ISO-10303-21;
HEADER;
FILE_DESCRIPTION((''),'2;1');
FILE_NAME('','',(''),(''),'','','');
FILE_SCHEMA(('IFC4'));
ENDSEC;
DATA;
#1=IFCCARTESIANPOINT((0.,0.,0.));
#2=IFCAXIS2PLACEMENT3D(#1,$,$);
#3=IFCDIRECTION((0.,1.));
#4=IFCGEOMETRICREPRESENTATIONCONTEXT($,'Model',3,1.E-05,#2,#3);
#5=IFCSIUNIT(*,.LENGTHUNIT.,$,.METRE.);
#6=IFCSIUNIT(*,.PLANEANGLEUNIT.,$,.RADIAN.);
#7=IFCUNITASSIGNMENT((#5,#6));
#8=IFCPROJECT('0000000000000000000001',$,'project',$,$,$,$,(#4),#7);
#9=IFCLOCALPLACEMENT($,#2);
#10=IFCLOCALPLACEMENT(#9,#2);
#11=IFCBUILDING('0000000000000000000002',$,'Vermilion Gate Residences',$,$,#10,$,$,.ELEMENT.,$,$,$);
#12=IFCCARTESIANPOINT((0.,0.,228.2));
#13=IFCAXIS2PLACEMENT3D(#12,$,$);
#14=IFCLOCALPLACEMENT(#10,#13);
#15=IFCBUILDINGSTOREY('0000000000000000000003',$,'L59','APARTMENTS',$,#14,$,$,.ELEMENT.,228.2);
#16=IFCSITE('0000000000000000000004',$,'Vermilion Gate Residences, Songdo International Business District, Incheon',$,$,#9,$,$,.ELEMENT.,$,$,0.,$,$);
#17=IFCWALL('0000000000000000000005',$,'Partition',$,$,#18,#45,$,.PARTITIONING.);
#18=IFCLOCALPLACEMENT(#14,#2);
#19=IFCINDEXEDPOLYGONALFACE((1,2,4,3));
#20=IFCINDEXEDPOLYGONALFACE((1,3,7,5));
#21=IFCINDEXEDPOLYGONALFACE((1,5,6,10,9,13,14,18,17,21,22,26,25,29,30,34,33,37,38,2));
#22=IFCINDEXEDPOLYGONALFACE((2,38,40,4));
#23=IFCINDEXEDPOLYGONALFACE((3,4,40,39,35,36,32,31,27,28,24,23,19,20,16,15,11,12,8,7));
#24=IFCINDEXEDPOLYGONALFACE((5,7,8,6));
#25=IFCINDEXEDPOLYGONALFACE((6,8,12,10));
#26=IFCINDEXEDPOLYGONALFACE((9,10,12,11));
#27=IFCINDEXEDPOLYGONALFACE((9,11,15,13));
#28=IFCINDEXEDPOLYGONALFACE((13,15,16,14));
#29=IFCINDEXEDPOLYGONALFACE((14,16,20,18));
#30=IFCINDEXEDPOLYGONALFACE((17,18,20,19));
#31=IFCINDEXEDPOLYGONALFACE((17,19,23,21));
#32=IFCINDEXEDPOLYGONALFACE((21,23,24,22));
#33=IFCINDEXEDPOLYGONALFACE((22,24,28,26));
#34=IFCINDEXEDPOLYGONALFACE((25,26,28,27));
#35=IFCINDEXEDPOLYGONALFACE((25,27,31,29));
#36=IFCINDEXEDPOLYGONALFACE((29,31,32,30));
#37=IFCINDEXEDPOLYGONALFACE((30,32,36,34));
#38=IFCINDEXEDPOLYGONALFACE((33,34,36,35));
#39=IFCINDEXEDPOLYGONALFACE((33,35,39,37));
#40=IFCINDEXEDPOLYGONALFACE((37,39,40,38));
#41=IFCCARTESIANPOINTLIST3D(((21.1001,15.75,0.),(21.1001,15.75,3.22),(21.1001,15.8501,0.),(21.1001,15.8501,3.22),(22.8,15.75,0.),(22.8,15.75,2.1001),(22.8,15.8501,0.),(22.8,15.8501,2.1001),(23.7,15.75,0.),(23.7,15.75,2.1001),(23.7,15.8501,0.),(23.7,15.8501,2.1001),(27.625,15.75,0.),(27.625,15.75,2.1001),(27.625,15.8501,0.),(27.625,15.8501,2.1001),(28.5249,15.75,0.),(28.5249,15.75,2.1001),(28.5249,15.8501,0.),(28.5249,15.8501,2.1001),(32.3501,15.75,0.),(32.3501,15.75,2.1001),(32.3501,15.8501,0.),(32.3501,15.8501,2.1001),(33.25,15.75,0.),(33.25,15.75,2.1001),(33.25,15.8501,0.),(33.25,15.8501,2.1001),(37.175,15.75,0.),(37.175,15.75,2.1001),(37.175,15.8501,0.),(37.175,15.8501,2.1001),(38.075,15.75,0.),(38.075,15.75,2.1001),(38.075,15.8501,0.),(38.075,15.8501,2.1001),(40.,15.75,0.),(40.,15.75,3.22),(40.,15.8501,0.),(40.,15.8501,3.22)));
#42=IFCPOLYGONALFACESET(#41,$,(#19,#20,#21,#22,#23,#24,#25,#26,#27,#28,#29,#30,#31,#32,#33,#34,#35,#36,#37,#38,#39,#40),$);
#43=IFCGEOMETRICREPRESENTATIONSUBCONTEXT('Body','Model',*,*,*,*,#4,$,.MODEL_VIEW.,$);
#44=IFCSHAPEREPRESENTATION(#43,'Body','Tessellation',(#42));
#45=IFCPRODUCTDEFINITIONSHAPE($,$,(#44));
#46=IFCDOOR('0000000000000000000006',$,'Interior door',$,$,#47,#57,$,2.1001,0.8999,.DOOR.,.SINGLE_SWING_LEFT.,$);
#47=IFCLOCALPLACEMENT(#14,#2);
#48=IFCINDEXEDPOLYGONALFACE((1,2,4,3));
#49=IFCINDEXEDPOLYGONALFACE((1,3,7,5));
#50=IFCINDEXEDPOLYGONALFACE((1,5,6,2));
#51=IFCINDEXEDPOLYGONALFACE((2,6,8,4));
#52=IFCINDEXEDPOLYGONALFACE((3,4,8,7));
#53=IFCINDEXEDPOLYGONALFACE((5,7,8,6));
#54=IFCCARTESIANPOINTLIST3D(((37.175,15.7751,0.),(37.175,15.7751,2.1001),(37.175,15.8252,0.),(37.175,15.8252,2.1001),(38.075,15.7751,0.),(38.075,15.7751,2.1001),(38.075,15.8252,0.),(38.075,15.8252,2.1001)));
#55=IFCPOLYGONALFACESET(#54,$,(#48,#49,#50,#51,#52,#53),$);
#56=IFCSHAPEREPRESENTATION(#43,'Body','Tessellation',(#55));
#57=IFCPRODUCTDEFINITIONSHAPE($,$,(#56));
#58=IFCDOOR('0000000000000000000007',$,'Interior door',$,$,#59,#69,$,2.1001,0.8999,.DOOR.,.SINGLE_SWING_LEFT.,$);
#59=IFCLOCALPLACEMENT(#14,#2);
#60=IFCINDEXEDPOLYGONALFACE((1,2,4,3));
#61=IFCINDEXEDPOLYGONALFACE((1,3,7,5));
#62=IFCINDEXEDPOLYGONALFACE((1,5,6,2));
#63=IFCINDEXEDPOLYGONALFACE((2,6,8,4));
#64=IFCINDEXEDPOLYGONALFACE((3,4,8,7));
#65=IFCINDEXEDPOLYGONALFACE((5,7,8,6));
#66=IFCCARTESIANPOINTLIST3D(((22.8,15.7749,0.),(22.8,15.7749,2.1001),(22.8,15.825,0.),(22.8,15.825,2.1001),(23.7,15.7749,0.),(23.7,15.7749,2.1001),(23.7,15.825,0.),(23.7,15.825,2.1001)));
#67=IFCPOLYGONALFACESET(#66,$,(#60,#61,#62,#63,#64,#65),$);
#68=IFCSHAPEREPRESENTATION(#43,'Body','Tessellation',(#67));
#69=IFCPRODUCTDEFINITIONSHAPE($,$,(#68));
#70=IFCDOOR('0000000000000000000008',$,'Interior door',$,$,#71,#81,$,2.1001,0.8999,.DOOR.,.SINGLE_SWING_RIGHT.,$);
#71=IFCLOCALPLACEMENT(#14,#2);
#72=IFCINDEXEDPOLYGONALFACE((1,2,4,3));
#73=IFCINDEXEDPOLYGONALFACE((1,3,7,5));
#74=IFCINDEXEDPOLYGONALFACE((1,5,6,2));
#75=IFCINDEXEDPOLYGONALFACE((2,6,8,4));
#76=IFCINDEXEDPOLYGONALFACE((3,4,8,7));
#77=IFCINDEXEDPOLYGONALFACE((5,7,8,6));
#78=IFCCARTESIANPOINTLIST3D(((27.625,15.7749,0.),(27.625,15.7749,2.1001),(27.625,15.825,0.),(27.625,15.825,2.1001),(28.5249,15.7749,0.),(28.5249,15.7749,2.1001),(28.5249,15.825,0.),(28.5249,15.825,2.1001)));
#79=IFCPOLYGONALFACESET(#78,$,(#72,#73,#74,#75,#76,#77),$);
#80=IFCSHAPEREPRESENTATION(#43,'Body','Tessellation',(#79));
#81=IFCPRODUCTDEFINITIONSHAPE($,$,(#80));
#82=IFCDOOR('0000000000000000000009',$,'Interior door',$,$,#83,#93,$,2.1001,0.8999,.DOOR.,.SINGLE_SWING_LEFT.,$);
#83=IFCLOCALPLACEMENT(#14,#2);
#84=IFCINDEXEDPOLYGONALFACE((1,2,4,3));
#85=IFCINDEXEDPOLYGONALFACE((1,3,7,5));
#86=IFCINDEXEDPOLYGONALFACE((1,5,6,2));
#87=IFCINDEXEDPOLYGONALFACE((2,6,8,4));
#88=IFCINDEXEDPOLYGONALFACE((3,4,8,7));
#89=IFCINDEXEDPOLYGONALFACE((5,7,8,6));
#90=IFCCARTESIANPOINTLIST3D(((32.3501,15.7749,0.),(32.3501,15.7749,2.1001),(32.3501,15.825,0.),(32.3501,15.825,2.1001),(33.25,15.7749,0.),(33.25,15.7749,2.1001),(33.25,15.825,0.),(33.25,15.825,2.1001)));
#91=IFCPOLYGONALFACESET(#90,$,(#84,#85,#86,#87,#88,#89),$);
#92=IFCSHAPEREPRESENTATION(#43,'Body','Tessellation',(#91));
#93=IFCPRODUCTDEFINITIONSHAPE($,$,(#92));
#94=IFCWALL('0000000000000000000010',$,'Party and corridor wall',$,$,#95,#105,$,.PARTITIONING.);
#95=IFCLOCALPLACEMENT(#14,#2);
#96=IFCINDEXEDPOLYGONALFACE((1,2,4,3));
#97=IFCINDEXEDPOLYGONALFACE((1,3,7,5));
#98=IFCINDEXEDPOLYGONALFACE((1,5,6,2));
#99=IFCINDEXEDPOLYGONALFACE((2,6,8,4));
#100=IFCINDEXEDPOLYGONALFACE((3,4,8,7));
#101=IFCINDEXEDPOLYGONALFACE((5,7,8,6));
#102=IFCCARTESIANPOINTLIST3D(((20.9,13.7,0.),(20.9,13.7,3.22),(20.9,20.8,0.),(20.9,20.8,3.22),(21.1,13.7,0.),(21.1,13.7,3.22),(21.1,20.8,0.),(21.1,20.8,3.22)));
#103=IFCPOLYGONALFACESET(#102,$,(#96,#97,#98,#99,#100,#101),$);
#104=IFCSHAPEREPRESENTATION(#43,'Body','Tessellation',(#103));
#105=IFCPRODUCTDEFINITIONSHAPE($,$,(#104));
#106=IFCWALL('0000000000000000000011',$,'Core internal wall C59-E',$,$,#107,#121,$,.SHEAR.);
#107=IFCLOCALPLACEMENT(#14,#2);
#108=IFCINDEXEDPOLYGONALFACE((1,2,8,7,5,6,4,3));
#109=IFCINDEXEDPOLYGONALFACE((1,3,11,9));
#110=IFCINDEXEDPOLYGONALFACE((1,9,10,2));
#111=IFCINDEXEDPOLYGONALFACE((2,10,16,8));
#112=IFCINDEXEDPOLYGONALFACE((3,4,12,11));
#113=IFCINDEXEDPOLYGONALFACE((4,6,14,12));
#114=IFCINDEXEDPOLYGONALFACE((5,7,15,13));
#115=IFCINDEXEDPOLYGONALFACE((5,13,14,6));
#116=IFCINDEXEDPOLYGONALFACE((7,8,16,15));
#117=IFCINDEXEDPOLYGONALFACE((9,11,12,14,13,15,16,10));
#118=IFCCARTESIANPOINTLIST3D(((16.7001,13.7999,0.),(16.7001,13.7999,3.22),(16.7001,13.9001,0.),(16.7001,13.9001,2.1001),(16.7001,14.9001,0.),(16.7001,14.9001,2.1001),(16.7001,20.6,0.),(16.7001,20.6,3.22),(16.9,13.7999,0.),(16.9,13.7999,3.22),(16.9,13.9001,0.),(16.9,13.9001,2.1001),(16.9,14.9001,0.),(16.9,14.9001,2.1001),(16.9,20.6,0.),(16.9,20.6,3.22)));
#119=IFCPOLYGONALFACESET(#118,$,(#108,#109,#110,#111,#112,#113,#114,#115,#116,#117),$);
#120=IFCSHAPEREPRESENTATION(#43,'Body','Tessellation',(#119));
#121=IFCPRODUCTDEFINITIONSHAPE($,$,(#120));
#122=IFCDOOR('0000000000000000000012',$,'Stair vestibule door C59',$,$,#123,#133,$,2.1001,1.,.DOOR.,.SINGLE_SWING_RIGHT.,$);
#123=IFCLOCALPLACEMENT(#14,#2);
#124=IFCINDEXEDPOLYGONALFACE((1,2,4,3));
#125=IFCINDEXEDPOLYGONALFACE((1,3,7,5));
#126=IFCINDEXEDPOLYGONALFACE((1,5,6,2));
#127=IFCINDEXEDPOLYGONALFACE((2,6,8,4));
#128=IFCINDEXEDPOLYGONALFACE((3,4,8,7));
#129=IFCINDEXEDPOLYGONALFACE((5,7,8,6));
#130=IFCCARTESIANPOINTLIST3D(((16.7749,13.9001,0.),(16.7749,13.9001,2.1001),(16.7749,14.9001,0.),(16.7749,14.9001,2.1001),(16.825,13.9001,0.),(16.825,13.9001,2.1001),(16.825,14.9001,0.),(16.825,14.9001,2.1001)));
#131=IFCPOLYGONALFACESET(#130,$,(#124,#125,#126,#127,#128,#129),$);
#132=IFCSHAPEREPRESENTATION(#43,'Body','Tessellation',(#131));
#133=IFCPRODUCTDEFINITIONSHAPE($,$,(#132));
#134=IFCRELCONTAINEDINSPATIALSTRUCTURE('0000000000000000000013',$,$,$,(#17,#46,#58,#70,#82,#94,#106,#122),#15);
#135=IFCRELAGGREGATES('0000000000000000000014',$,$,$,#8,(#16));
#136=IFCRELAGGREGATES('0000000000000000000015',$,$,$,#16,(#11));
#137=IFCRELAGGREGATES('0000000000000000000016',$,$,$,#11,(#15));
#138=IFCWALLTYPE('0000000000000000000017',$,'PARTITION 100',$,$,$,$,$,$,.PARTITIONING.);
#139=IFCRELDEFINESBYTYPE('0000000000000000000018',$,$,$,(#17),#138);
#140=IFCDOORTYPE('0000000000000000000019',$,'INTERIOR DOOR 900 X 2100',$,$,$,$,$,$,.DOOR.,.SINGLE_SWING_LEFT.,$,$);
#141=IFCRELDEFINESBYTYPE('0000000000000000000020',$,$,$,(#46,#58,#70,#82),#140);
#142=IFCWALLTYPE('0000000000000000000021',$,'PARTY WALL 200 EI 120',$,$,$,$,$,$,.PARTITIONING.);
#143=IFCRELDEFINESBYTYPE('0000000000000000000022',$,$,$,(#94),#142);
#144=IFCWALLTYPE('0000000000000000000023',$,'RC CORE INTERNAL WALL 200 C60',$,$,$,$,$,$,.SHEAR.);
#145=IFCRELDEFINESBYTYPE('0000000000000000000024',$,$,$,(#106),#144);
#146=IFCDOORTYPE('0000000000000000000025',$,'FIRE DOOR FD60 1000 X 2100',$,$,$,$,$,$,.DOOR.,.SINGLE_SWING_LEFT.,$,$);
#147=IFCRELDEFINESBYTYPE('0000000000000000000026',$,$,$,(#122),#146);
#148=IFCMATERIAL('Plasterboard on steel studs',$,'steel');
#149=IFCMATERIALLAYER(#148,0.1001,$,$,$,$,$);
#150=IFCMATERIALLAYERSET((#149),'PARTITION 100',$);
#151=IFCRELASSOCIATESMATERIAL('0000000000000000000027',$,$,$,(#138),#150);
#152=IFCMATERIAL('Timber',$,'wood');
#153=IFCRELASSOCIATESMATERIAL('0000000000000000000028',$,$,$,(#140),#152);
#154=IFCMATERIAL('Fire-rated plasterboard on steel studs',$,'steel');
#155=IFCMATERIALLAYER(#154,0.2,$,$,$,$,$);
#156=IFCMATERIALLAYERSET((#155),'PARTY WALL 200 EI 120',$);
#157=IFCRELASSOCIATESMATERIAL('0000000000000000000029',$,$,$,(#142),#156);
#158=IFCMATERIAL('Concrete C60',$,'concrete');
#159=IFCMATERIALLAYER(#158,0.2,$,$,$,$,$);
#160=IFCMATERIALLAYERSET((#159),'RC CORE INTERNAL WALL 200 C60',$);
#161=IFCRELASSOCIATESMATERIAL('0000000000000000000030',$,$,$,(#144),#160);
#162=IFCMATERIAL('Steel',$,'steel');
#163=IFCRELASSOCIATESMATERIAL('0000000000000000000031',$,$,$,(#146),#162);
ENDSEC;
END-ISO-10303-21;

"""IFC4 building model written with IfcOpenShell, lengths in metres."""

from ifc_helpers import new_model, si_unit, direction, frame, frame_2d, origin, place, context, subcontext, project, spatial, rectangle, extrude, material, layer, layer_set, type_object, element, fill, save


model = new_model("IFC4")

# Units and contexts
model_context = context("Model", 3, precision=1e-05, world=origin(), true_north=direction((0.0, 1.0)))
body_context = subcontext(model_context, "Body", "Model", "MODEL_VIEW")
ifc_project = project(units=[si_unit("LENGTHUNIT", "METRE"), si_unit("PLANEANGLEUNIT", "RADIAN")], contexts=[model_context])

# Site, building, storey
site_placement = place(None, origin())
site = spatial("IfcSite", under=ifc_project, at=site_placement, Name="Vermilion Gate Residences, Songdo International Business District, Incheon", CompositionType="ELEMENT", RefElevation=0.0)
building_placement = place(site_placement, origin())
building = spatial("IfcBuilding", under=site, at=building_placement, Name="Vermilion Gate Residences", CompositionType="ELEMENT")
storey_placement = place(building_placement, frame((0.0, 0.0, 228.2)))
storey = spatial("IfcBuildingStorey", under=building, at=storey_placement, Name="L59", Description="APARTMENTS", CompositionType="ELEMENT", Elevation=228.2)

# Wall, openings, doors
ifc_material_1 = material(Name="Plasterboard on steel studs", Category="steel")
ifc_layer_1 = layer(ifc_material_1, 0.1001)
ifc_layer_set_1 = layer_set([ifc_layer_1], Name="PARTITION 100")
wall_type_1 = type_object("IfcWallType", Name="PARTITION 100", PredefinedType="PARTITIONING", material=ifc_layer_set_1)
ifc_material_2 = material(Name="Timber", Category="wood")
door_type_1 = type_object("IfcDoorType", Name="INTERIOR DOOR 900 X 2100", OperationType="SINGLE_SWING_LEFT", PredefinedType="DOOR", material=ifc_material_2)
wall_1_placement = place(storey_placement, frame((21.1001, 15.8, 0.0), z_axis=(0.0, 0.0, 1.0), x_axis=(1.0, 0.0, 0.0)))
wall_1 = element("IfcWall", 1, at=wall_1_placement, inside=storey, type_object=wall_type_1, Name="Partition", PredefinedType="PARTITIONING", context=body_context, shape_type="SweptSolid", body=[
    extrude(rectangle(XDim=18.8999, YDim=0.1001, at=frame_2d((9.45, 0.0))), origin(), (0.0, 0.0, 1.0), 3.22),
])
opening_1_placement = place(wall_1_placement, frame((16.075, 0.0, 0.0)))
opening_1 = element("IfcOpeningElement", 2, at=opening_1_placement, cuts=wall_1, PredefinedType="OPENING", context=body_context, shape_type="SweptSolid", body=[
    extrude(rectangle(XDim=0.8999, YDim=2.1001, at=frame_2d((0.45, 1.05))), frame((0.0, 0.0601, 0.0), z_axis=(0.0, -1.0, 0.0), x_axis=(1.0, 0.0, 0.0)), (0.0, 0.0, 1.0), 0.1201),
])
opening_2_placement = place(wall_1_placement, frame((1.7, 0.0, 0.0)))
opening_2 = element("IfcOpeningElement", 3, at=opening_2_placement, cuts=wall_1, PredefinedType="OPENING", context=body_context, shape_type="SweptSolid", body=[
    extrude(rectangle(XDim=0.8999, YDim=2.1001, at=frame_2d((0.45, 1.05))), frame((0.0, 0.0601, 0.0), z_axis=(0.0, -1.0, 0.0), x_axis=(1.0, 0.0, 0.0)), (0.0, 0.0, 1.0), 0.1201),
])
opening_3_placement = place(wall_1_placement, frame((6.5249, 0.0, 0.0)))
opening_3 = element("IfcOpeningElement", 4, at=opening_3_placement, cuts=wall_1, PredefinedType="OPENING", context=body_context, shape_type="SweptSolid", body=[
    extrude(rectangle(XDim=0.8999, YDim=2.1001, at=frame_2d((0.45, 1.05))), frame((0.0, 0.0601, 0.0), z_axis=(0.0, -1.0, 0.0), x_axis=(1.0, 0.0, 0.0)), (0.0, 0.0, 1.0), 0.1201),
])
opening_4_placement = place(wall_1_placement, frame((11.25, 0.0, 0.0)))
opening_4 = element("IfcOpeningElement", 5, at=opening_4_placement, cuts=wall_1, PredefinedType="OPENING", context=body_context, shape_type="SweptSolid", body=[
    extrude(rectangle(XDim=0.8999, YDim=2.1001, at=frame_2d((0.45, 1.05))), frame((0.0, 0.0601, 0.0), z_axis=(0.0, -1.0, 0.0), x_axis=(1.0, 0.0, 0.0)), (0.0, 0.0, 1.0), 0.1201),
])
door_1_placement = place(opening_1_placement, frame((0.8999, 0.0, 0.0), z_axis=(0.0, 0.0, 1.0), x_axis=(-1.0, 0.0, 0.0)))
door_1 = element("IfcDoor", 6, at=door_1_placement, inside=storey, type_object=door_type_1, Name="Interior door", OperationType="SINGLE_SWING_LEFT", OverallHeight=2.1001, OverallWidth=0.8999, PredefinedType="DOOR", context=body_context, shape_type="SweptSolid", body=[
    extrude(rectangle(XDim=0.8999, YDim=2.1001, at=frame_2d((0.45, 1.05))), frame((0.0, 0.0249, 0.0), z_axis=(0.0, -1.0, 0.0), x_axis=(1.0, 0.0, 0.0)), (0.0, 0.0, 1.0), 0.05),
])
fill(opening_1, door_1)
door_2_placement = place(opening_2_placement, origin())
door_2 = element("IfcDoor", 7, at=door_2_placement, inside=storey, type_object=door_type_1, Name="Interior door", OperationType="SINGLE_SWING_LEFT", OverallHeight=2.1001, OverallWidth=0.8999, PredefinedType="DOOR", context=body_context, shape_type="SweptSolid", body=[
    extrude(rectangle(XDim=0.8999, YDim=2.1001, at=frame_2d((0.45, 1.05))), frame((0.0, 0.0249, 0.0), z_axis=(0.0, -1.0, 0.0), x_axis=(1.0, 0.0, 0.0)), (0.0, 0.0, 1.0), 0.05),
])
fill(opening_2, door_2)
door_3_placement = place(opening_3_placement, origin())
door_3 = element("IfcDoor", 8, at=door_3_placement, inside=storey, type_object=door_type_1, Name="Interior door", OperationType="SINGLE_SWING_RIGHT", OverallHeight=2.1001, OverallWidth=0.8999, PredefinedType="DOOR", context=body_context, shape_type="SweptSolid", body=[
    extrude(rectangle(XDim=0.8999, YDim=2.1001, at=frame_2d((0.45, 1.05))), frame((0.0, 0.0249, 0.0), z_axis=(0.0, -1.0, 0.0), x_axis=(1.0, 0.0, 0.0)), (0.0, 0.0, 1.0), 0.05),
])
fill(opening_3, door_3)
door_4_placement = place(opening_4_placement, origin())
door_4 = element("IfcDoor", 9, at=door_4_placement, inside=storey, type_object=door_type_1, Name="Interior door", OperationType="SINGLE_SWING_LEFT", OverallHeight=2.1001, OverallWidth=0.8999, PredefinedType="DOOR", context=body_context, shape_type="SweptSolid", body=[
    extrude(rectangle(XDim=0.8999, YDim=2.1001, at=frame_2d((0.45, 1.05))), frame((0.0, 0.0249, 0.0), z_axis=(0.0, -1.0, 0.0), x_axis=(1.0, 0.0, 0.0)), (0.0, 0.0, 1.0), 0.05),
])
fill(opening_4, door_4)

# Wall
ifc_material_3 = material(Name="Fire-rated plasterboard on steel studs", Category="steel")
ifc_layer_2 = layer(ifc_material_3, 0.2)
ifc_layer_set_2 = layer_set([ifc_layer_2], Name="PARTY WALL 200 EI 120")
wall_type_2 = type_object("IfcWallType", Name="PARTY WALL 200 EI 120", PredefinedType="PARTITIONING", material=ifc_layer_set_2)
wall_2_placement = place(storey_placement, frame((21.0, 13.7, 0.0), z_axis=(0.0, 0.0, 1.0), x_axis=(0.0, 1.0, 0.0)))
element("IfcWall", 10, at=wall_2_placement, inside=storey, type_object=wall_type_2, Name="Party and corridor wall", PredefinedType="PARTITIONING", context=body_context, shape_type="SweptSolid", body=[
    extrude(rectangle(XDim=7.1001, YDim=0.2, at=frame_2d((3.55, 0.0))), origin(), (0.0, 0.0, 1.0), 3.22),
])

# Wall, opening, door
ifc_material_4 = material(Name="Concrete C60", Category="concrete")
ifc_layer_3 = layer(ifc_material_4, 0.2)
ifc_layer_set_3 = layer_set([ifc_layer_3], Name="RC CORE INTERNAL WALL 200 C60")
wall_type_3 = type_object("IfcWallType", Name="RC CORE INTERNAL WALL 200 C60", PredefinedType="SHEAR", material=ifc_layer_set_3)
wall_3_placement = place(storey_placement, frame((16.8, 13.8, 0.0), z_axis=(0.0, 0.0, 1.0), x_axis=(0.0, 1.0, 0.0)))
wall_3 = element("IfcWall", 11, at=wall_3_placement, inside=storey, type_object=wall_type_3, Name="Core internal wall C59-E", PredefinedType="SHEAR", context=body_context, shape_type="SweptSolid", body=[
    extrude(rectangle(XDim=6.8, YDim=0.2, at=frame_2d((3.3999, 0.0))), origin(), (0.0, 0.0, 1.0), 3.22),
])
opening_5_placement = place(wall_3_placement, frame((0.1001, 0.0, 0.0)))
opening_5 = element("IfcOpeningElement", 12, at=opening_5_placement, cuts=wall_3, PredefinedType="OPENING", context=body_context, shape_type="SweptSolid", body=[
    extrude(rectangle(XDim=1.0, YDim=2.1001, at=frame_2d((0.5, 1.05))), frame((0.0, 0.1099, 0.0), z_axis=(0.0, -1.0, 0.0), x_axis=(1.0, 0.0, 0.0)), (0.0, 0.0, 1.0), 0.22),
])
ifc_material_5 = material(Name="Steel", Category="steel")
door_type_2 = type_object("IfcDoorType", Name="FIRE DOOR FD60 1000 X 2100", OperationType="SINGLE_SWING_LEFT", PredefinedType="DOOR", material=ifc_material_5)
door_5_placement = place(opening_5_placement, frame((1.0, 0.0, 0.0), z_axis=(0.0, 0.0, 1.0), x_axis=(-1.0, 0.0, 0.0)))
door_5 = element("IfcDoor", 13, at=door_5_placement, inside=storey, type_object=door_type_2, Name="Stair vestibule door C59", OperationType="SINGLE_SWING_RIGHT", OverallHeight=2.1001, OverallWidth=1.0, PredefinedType="DOOR", context=body_context, shape_type="SweptSolid", body=[
    extrude(rectangle(XDim=1.0, YDim=2.1001, at=frame_2d((0.5, 1.05))), frame((0.0, 0.0249, 0.0), z_axis=(0.0, -1.0, 0.0), x_axis=(1.0, 0.0, 0.0)), (0.0, 0.0, 1.0), 0.05),
])
fill(opening_5, door_5)

save(model, "model.ifc")
